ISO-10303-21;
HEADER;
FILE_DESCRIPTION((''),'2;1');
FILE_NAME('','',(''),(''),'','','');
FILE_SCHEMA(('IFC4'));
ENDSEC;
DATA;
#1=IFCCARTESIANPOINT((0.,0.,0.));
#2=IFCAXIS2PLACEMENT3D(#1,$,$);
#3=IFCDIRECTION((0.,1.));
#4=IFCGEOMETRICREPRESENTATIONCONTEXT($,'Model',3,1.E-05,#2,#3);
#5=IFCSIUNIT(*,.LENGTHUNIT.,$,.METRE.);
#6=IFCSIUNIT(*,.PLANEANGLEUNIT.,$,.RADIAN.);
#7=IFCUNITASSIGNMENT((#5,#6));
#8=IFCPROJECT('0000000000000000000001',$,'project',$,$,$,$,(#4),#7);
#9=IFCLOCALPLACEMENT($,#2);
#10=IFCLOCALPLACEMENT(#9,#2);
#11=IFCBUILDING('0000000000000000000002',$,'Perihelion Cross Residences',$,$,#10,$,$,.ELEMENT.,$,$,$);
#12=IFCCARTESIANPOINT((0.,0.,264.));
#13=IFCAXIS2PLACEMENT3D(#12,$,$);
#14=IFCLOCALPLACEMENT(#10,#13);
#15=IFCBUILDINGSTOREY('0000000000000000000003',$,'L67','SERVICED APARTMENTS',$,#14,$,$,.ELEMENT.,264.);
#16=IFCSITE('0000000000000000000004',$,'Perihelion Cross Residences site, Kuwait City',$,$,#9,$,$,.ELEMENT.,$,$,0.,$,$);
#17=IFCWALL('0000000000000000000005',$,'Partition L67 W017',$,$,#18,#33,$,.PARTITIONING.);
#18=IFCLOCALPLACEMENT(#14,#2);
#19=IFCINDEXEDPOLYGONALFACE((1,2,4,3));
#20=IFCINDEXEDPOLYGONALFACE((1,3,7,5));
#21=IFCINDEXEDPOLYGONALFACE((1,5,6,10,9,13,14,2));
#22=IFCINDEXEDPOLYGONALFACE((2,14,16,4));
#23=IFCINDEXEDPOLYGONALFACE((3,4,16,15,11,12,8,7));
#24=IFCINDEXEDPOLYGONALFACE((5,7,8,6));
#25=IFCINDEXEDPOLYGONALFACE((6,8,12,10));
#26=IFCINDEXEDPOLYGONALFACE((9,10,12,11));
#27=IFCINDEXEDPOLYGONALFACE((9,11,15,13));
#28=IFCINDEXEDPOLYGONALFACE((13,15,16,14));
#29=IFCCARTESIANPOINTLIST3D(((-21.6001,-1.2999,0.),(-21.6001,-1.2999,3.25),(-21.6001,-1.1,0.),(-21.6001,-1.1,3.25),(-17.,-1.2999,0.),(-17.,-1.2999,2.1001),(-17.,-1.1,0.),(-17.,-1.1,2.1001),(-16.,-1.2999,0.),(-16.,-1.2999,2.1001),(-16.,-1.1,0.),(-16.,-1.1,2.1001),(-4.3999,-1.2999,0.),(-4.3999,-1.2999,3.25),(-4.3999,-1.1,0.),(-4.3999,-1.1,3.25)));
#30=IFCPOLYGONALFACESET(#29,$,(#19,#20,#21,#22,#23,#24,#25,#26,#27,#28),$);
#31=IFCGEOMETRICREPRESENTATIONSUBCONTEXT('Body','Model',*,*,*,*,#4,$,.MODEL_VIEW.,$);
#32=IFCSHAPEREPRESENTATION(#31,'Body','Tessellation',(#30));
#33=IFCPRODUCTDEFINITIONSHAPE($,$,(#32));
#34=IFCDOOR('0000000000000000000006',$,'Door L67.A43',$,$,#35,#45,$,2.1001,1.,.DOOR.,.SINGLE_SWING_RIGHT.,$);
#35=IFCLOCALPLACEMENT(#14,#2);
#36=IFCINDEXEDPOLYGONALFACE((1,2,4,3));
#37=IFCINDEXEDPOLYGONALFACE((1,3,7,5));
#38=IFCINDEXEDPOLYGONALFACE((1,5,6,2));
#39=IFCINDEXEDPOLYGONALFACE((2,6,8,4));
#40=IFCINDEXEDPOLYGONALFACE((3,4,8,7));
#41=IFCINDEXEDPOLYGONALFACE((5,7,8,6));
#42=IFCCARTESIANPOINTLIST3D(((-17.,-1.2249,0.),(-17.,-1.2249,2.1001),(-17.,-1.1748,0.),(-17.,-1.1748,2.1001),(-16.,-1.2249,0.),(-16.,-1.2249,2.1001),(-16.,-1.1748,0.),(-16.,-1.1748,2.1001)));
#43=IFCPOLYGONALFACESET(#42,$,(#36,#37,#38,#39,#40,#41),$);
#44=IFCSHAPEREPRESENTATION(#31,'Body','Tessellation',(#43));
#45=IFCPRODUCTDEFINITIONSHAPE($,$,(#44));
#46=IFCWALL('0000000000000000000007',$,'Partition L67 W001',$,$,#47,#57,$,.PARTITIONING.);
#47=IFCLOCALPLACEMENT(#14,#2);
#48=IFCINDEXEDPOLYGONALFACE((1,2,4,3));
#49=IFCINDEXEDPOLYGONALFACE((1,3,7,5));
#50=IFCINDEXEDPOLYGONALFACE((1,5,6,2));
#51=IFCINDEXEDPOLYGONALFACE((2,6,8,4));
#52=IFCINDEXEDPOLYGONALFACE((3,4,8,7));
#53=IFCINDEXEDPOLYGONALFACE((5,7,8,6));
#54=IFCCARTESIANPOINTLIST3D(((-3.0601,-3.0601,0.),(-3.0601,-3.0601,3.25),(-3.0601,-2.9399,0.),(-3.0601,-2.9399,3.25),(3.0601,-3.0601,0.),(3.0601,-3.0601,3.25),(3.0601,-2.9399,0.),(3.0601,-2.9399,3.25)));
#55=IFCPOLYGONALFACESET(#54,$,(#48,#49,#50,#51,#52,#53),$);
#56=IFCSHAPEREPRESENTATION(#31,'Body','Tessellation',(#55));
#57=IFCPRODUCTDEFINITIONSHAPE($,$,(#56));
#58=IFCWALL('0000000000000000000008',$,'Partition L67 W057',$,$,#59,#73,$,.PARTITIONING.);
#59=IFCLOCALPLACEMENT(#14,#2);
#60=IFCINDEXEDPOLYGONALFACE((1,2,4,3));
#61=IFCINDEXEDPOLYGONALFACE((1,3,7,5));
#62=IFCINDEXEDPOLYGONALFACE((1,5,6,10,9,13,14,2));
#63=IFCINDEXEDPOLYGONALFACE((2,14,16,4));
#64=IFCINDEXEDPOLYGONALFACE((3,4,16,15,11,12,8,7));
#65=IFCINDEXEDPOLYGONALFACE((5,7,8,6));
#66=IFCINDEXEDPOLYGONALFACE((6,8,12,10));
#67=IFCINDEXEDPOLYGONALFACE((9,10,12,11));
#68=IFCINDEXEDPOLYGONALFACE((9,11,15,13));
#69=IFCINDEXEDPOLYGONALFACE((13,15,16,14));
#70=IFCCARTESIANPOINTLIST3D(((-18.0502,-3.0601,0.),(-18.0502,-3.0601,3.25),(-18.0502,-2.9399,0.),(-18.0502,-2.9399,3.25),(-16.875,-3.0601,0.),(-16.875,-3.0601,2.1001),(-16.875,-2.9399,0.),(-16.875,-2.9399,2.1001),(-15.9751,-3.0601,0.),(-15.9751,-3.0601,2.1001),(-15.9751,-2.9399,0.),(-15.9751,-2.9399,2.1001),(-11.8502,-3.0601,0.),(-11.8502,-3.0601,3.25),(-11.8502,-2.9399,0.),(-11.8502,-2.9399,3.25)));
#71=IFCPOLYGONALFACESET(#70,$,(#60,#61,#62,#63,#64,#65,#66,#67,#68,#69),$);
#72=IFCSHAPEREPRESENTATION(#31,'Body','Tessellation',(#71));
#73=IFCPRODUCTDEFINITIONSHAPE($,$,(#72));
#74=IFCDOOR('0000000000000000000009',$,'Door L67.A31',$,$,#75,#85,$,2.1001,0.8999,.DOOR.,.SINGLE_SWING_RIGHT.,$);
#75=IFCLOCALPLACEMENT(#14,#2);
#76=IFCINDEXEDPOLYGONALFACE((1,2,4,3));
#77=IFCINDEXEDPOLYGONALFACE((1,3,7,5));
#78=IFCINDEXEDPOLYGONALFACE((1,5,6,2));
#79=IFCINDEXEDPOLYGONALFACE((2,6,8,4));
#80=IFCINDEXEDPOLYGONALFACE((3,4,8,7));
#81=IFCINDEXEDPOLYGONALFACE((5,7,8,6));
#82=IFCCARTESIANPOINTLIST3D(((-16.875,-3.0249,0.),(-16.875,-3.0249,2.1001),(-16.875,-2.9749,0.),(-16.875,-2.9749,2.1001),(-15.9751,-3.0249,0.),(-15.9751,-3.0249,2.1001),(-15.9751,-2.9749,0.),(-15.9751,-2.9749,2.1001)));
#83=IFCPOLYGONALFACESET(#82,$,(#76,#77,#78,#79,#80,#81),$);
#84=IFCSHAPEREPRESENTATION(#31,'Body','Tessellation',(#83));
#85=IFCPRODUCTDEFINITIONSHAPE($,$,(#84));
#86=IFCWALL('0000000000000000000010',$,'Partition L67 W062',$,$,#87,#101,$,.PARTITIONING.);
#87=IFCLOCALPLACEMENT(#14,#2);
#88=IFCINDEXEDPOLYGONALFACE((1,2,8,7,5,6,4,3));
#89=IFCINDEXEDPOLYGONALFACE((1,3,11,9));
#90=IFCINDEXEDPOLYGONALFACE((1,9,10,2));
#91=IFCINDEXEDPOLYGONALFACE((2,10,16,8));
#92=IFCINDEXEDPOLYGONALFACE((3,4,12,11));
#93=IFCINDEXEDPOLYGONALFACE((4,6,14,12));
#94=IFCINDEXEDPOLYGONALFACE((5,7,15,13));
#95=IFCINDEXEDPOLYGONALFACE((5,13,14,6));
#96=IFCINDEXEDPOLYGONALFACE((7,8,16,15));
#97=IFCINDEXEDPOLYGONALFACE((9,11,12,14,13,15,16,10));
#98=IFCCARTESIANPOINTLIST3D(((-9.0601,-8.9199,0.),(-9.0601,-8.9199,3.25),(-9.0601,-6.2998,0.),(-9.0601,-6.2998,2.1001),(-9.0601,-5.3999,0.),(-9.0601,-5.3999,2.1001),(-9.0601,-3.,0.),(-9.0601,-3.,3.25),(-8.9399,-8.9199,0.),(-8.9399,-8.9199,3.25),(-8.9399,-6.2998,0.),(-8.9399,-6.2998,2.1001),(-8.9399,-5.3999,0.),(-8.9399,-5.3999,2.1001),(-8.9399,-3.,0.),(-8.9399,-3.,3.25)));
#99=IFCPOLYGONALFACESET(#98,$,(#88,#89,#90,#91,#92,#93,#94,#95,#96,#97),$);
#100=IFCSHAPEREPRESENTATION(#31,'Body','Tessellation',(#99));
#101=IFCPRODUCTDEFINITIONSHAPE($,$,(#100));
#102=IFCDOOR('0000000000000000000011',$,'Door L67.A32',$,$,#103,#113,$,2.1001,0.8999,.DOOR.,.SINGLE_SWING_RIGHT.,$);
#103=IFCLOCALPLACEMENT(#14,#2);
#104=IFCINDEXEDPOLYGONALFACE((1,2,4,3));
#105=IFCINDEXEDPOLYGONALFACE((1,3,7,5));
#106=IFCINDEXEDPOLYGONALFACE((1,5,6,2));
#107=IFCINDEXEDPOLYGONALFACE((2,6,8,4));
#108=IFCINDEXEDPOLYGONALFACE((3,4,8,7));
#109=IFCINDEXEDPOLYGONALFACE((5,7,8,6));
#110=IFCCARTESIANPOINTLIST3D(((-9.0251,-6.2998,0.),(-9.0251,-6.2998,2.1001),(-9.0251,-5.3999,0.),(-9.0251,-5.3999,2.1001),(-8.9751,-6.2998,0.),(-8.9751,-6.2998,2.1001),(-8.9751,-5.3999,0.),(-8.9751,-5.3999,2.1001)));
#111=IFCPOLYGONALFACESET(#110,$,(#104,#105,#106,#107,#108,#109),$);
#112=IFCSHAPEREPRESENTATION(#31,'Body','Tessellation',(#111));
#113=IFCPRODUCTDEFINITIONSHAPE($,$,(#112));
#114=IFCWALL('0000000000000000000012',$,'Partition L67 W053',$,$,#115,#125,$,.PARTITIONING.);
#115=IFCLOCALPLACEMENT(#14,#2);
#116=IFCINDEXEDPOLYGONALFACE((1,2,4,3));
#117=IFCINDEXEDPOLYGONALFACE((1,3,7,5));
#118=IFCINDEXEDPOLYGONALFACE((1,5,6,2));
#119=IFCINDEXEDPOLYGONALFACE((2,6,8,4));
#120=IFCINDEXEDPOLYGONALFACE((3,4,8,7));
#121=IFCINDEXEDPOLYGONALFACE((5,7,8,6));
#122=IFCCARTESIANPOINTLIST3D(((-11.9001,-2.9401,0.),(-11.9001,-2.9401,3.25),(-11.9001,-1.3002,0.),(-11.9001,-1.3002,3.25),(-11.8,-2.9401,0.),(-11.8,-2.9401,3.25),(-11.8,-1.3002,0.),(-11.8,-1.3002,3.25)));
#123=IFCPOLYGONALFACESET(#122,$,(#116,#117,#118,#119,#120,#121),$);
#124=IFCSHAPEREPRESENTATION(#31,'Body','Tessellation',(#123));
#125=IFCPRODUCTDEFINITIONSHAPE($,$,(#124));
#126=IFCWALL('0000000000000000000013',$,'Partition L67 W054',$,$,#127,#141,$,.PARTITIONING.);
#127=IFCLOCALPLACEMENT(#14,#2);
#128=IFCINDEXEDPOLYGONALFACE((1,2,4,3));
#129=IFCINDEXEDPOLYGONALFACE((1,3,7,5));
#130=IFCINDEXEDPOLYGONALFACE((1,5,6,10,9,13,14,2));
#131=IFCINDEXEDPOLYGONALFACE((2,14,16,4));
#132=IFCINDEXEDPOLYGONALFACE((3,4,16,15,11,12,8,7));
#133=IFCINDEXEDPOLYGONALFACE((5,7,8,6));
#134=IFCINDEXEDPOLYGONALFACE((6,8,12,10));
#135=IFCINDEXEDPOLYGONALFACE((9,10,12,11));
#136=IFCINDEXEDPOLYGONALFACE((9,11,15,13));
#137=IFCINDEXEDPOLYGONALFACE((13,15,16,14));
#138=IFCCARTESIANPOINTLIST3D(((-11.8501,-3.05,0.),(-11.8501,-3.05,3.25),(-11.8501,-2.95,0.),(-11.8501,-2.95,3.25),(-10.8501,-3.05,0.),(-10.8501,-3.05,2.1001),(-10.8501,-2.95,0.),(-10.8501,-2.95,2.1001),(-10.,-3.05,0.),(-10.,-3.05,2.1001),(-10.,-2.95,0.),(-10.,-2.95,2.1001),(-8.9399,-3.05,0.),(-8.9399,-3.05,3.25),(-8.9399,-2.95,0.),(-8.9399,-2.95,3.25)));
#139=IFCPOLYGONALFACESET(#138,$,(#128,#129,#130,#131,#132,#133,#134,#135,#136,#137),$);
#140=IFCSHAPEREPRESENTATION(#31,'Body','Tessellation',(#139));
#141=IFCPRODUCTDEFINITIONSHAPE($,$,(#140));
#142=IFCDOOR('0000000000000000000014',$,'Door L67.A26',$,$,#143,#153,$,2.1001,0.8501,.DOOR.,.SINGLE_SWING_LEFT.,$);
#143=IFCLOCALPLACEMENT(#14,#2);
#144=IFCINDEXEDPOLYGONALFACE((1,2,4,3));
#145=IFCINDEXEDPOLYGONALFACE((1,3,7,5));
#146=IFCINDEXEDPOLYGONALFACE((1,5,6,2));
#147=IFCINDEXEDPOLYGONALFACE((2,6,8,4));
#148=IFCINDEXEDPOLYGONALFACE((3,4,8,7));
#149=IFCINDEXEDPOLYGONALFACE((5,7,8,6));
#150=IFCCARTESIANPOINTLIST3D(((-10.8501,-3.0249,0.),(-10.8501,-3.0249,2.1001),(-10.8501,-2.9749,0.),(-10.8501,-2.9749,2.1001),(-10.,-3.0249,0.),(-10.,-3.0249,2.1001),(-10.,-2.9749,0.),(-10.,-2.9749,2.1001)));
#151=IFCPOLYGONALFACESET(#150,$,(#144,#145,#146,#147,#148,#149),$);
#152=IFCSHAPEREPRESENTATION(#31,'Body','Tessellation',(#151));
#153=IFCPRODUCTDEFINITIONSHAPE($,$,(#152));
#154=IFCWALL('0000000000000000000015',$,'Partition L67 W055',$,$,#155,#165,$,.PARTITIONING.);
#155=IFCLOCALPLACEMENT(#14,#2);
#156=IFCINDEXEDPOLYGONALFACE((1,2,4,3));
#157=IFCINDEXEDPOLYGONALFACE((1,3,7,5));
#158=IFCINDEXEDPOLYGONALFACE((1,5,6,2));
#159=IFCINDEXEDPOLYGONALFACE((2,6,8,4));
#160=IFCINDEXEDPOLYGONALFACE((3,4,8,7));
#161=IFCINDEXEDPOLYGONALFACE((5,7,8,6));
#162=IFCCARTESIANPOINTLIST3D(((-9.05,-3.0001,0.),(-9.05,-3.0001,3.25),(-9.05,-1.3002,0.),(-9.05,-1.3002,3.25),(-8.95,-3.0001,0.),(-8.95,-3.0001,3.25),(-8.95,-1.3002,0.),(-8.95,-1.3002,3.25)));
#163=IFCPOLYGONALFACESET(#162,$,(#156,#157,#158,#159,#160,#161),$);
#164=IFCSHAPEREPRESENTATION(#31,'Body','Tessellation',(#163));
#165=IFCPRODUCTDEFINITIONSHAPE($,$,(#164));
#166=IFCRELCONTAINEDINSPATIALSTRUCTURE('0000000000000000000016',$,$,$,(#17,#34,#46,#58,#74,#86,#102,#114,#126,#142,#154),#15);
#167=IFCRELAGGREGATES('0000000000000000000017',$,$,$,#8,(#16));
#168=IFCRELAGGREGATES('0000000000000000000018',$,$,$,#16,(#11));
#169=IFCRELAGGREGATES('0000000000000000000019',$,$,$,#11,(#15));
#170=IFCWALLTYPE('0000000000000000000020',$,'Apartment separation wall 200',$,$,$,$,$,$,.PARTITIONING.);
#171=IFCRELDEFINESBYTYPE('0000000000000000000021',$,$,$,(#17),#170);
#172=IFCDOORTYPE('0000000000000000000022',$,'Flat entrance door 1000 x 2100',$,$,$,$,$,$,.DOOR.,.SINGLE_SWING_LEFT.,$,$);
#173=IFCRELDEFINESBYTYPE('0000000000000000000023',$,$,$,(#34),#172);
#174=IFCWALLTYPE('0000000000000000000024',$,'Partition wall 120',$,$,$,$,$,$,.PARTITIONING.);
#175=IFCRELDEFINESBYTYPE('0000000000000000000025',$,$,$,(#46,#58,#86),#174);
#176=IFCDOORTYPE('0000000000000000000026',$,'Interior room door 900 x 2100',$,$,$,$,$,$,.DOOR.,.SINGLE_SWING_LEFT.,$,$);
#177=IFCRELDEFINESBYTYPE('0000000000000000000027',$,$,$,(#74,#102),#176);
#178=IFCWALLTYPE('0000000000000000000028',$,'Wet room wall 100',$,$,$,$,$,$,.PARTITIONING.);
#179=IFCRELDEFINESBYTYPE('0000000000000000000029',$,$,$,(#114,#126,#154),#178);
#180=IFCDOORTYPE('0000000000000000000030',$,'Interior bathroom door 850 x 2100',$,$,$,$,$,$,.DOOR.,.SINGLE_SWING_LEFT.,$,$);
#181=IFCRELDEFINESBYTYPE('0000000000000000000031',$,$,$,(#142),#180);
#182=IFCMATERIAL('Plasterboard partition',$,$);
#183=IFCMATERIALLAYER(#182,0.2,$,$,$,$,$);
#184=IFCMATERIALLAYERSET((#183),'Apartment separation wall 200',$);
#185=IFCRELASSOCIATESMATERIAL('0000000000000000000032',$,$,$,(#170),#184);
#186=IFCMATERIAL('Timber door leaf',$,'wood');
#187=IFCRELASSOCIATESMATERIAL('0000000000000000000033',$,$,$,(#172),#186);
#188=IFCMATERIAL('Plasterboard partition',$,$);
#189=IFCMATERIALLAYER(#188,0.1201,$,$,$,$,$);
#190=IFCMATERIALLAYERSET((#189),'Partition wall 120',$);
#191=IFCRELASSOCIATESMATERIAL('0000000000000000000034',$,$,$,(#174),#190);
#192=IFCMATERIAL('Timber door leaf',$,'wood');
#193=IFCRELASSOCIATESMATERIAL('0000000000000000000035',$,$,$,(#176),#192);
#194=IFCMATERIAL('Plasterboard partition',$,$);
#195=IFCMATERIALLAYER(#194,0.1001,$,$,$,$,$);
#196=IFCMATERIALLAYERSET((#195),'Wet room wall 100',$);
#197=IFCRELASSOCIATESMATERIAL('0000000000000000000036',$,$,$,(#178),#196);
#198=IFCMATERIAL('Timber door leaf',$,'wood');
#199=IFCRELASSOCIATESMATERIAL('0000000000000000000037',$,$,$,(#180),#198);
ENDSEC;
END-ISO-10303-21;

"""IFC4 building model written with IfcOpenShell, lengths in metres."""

from ifc_helpers import new_model, si_unit, direction, frame, frame_2d, origin, place, context, subcontext, project, spatial, rectangle, extrude, material, layer, layer_set, type_object, element, fill, save


model = new_model("IFC4")

# Units and contexts
model_context = context("Model", 3, precision=1e-05, world=origin(), true_north=direction((0.0, 1.0)))
body_context = subcontext(model_context, "Body", "Model", "MODEL_VIEW")
ifc_project = project(units=[si_unit("LENGTHUNIT", "METRE"), si_unit("PLANEANGLEUNIT", "RADIAN")], contexts=[model_context])

# Site, building, storey
site_placement = place(None, origin())
site = spatial("IfcSite", under=ifc_project, at=site_placement, Name="Perihelion Cross Residences site, Kuwait City", CompositionType="ELEMENT", RefElevation=0.0)
building_placement = place(site_placement, origin())
building = spatial("IfcBuilding", under=site, at=building_placement, Name="Perihelion Cross Residences", CompositionType="ELEMENT")
storey_placement = place(building_placement, frame((0.0, 0.0, 264.0)))
storey = spatial("IfcBuildingStorey", under=building, at=storey_placement, Name="L67", Description="SERVICED APARTMENTS", CompositionType="ELEMENT", Elevation=264.0)

# Wall, opening, door
ifc_material_1 = material(Name="Plasterboard partition")
ifc_layer_1 = layer(ifc_material_1, 0.2)
ifc_layer_set_1 = layer_set([ifc_layer_1], Name="Apartment separation wall 200")
wall_type_1 = type_object("IfcWallType", Name="Apartment separation wall 200", PredefinedType="PARTITIONING", material=ifc_layer_set_1)
wall_1_placement = place(storey_placement, frame((-4.3999, -1.2, 0.0), z_axis=(0.0, 0.0, 1.0), x_axis=(-1.0, 0.0, 0.0)))
wall_1 = element("IfcWall", 1, at=wall_1_placement, inside=storey, type_object=wall_type_1, Name="Partition L67 W017", PredefinedType="PARTITIONING", context=body_context, shape_type="SweptSolid", body=[
    extrude(rectangle(XDim=17.2002, YDim=0.2, at=frame_2d((8.6001, 0.0))), origin(), (0.0, 0.0, 1.0), 3.25),
])
opening_1_placement = place(wall_1_placement, frame((11.6001, 0.0, 0.0)))
opening_1 = element("IfcOpeningElement", 2, at=opening_1_placement, cuts=wall_1, PredefinedType="OPENING", context=body_context, shape_type="SweptSolid", body=[
    extrude(rectangle(XDim=1.0, YDim=2.1001, at=frame_2d((0.5, 1.05))), frame((0.0, 0.1099, 0.0), z_axis=(0.0, -1.0, 0.0), x_axis=(1.0, 0.0, 0.0)), (0.0, 0.0, 1.0), 0.22),
])
ifc_material_2 = material(Name="Timber door leaf", Category="wood")
door_type_1 = type_object("IfcDoorType", Name="Flat entrance door 1000 x 2100", OperationType="SINGLE_SWING_LEFT", PredefinedType="DOOR", material=ifc_material_2)
door_1_placement = place(opening_1_placement, origin())
door_1 = element("IfcDoor", 3, at=door_1_placement, inside=storey, type_object=door_type_1, Name="Door L67.A43", OperationType="SINGLE_SWING_RIGHT", OverallHeight=2.1001, OverallWidth=1.0, PredefinedType="DOOR", context=body_context, shape_type="SweptSolid", body=[
    extrude(rectangle(XDim=1.0, YDim=2.1001, at=frame_2d((0.5, 1.05))), frame((0.0, 0.0249, 0.0), z_axis=(0.0, -1.0, 0.0), x_axis=(1.0, 0.0, 0.0)), (0.0, 0.0, 1.0), 0.05),
])
fill(opening_1, door_1)

# Wall
ifc_material_3 = material(Name="Plasterboard partition")
ifc_layer_2 = layer(ifc_material_3, 0.1201)
ifc_layer_set_2 = layer_set([ifc_layer_2], Name="Partition wall 120")
wall_type_2 = type_object("IfcWallType", Name="Partition wall 120", PredefinedType="PARTITIONING", material=ifc_layer_set_2)
wall_2_placement = place(storey_placement, frame((-3.0601, -3.0, 0.0), z_axis=(0.0, 0.0, 1.0), x_axis=(1.0, 0.0, 0.0)))
element("IfcWall", 4, at=wall_2_placement, inside=storey, type_object=wall_type_2, Name="Partition L67 W001", PredefinedType="PARTITIONING", context=body_context, shape_type="SweptSolid", body=[
    extrude(rectangle(XDim=6.1201, YDim=0.1201, at=frame_2d((3.0601, 0.0))), origin(), (0.0, 0.0, 1.0), 3.25),
])

# Walls, openings, doors
wall_3_placement = place(storey_placement, frame((-11.8501, -3.0, 0.0), z_axis=(0.0, 0.0, 1.0), x_axis=(-1.0, 0.0, 0.0)))
wall_3 = element("IfcWall", 5, at=wall_3_placement, inside=storey, type_object=wall_type_2, Name="Partition L67 W057", PredefinedType="PARTITIONING", context=body_context, shape_type="SweptSolid", body=[
    extrude(rectangle(XDim=6.2, YDim=0.1201, at=frame_2d((3.1001, 0.0))), origin(), (0.0, 0.0, 1.0), 3.25),
])
opening_2_placement = place(wall_3_placement, frame((4.125, 0.0, 0.0)))
opening_2 = element("IfcOpeningElement", 6, at=opening_2_placement, cuts=wall_3, PredefinedType="OPENING", context=body_context, shape_type="SweptSolid", body=[
    extrude(rectangle(XDim=0.8999, YDim=2.1001, at=frame_2d((0.45, 1.05))), frame((0.0, 0.0701, 0.0), z_axis=(0.0, -1.0, 0.0), x_axis=(1.0, 0.0, 0.0)), (0.0, 0.0, 1.0), 0.1401),
])
ifc_material_4 = material(Name="Timber door leaf", Category="wood")
door_type_2 = type_object("IfcDoorType", Name="Interior room door 900 x 2100", OperationType="SINGLE_SWING_LEFT", PredefinedType="DOOR", material=ifc_material_4)
door_2_placement = place(opening_2_placement, origin())
door_2 = element("IfcDoor", 7, at=door_2_placement, inside=storey, type_object=door_type_2, Name="Door L67.A31", OperationType="SINGLE_SWING_RIGHT", OverallHeight=2.1001, OverallWidth=0.8999, PredefinedType="DOOR", context=body_context, shape_type="SweptSolid", body=[
    extrude(rectangle(XDim=0.8999, YDim=2.1001, at=frame_2d((0.45, 1.05))), frame((0.0, 0.0249, 0.0), z_axis=(0.0, -1.0, 0.0), x_axis=(1.0, 0.0, 0.0)), (0.0, 0.0, 1.0), 0.05),
])
fill(opening_2, door_2)
wall_4_placement = place(storey_placement, frame((-9.0, -3.0, 0.0), z_axis=(0.0, 0.0, 1.0), x_axis=(0.0, -1.0, 0.0)))
wall_4 = element("IfcWall", 8, at=wall_4_placement, inside=storey, type_object=wall_type_2, Name="Partition L67 W062", PredefinedType="PARTITIONING", context=body_context, shape_type="SweptSolid", body=[
    extrude(rectangle(XDim=5.9199, YDim=0.1201, at=frame_2d((2.96, 0.0))), origin(), (0.0, 0.0, 1.0), 3.25),
])
opening_3_placement = place(wall_4_placement, frame((2.3999, 0.0, 0.0)))
opening_3 = element("IfcOpeningElement", 9, at=opening_3_placement, cuts=wall_4, PredefinedType="OPENING", context=body_context, shape_type="SweptSolid", body=[
    extrude(rectangle(XDim=0.8999, YDim=2.1001, at=frame_2d((0.45, 1.05))), frame((0.0, 0.0701, 0.0), z_axis=(0.0, -1.0, 0.0), x_axis=(1.0, 0.0, 0.0)), (0.0, 0.0, 1.0), 0.1401),
])
door_3_placement = place(opening_3_placement, origin())
door_3 = element("IfcDoor", 10, at=door_3_placement, inside=storey, type_object=door_type_2, Name="Door L67.A32", OperationType="SINGLE_SWING_RIGHT", OverallHeight=2.1001, OverallWidth=0.8999, PredefinedType="DOOR", context=body_context, shape_type="SweptSolid", body=[
    extrude(rectangle(XDim=0.8999, YDim=2.1001, at=frame_2d((0.45, 1.05))), frame((0.0, 0.0249, 0.0), z_axis=(0.0, -1.0, 0.0), x_axis=(1.0, 0.0, 0.0)), (0.0, 0.0, 1.0), 0.05),
])
fill(opening_3, door_3)

# Wall
ifc_material_5 = material(Name="Plasterboard partition")
ifc_layer_3 = layer(ifc_material_5, 0.1001)
ifc_layer_set_3 = layer_set([ifc_layer_3], Name="Wet room wall 100")
wall_type_3 = type_object("IfcWallType", Name="Wet room wall 100", PredefinedType="PARTITIONING", material=ifc_layer_set_3)
wall_5_placement = place(storey_placement, frame((-11.8501, -2.9399, 0.0), z_axis=(0.0, 0.0, 1.0), x_axis=(0.0, 1.0, 0.0)))
element("IfcWall", 11, at=wall_5_placement, inside=storey, type_object=wall_type_3, Name="Partition L67 W053", PredefinedType="PARTITIONING", context=body_context, shape_type="SweptSolid", body=[
    extrude(rectangle(XDim=1.6399, YDim=0.1001, at=frame_2d((0.8198, 0.0))), origin(), (0.0, 0.0, 1.0), 3.25),
])

# Wall, opening, door
wall_6_placement = place(storey_placement, frame((-8.9399, -3.0, 0.0), z_axis=(0.0, 0.0, 1.0), x_axis=(-1.0, 0.0, 0.0)))
wall_6 = element("IfcWall", 12, at=wall_6_placement, inside=storey, type_object=wall_type_3, Name="Partition L67 W054", PredefinedType="PARTITIONING", context=body_context, shape_type="SweptSolid", body=[
    extrude(rectangle(XDim=2.9102, YDim=0.1001, at=frame_2d((1.4551, 0.0))), origin(), (0.0, 0.0, 1.0), 3.25),
])
opening_4_placement = place(wall_6_placement, frame((1.0601, 0.0, 0.0)))
opening_4 = element("IfcOpeningElement", 13, at=opening_4_placement, cuts=wall_6, PredefinedType="OPENING", context=body_context, shape_type="SweptSolid", body=[
    extrude(rectangle(XDim=0.8501, YDim=2.1001, at=frame_2d((0.425, 1.05))), frame((0.0, 0.0601, 0.0), z_axis=(0.0, -1.0, 0.0), x_axis=(1.0, 0.0, 0.0)), (0.0, 0.0, 1.0), 0.1201),
])
ifc_material_6 = material(Name="Timber door leaf", Category="wood")
door_type_3 = type_object("IfcDoorType", Name="Interior bathroom door 850 x 2100", OperationType="SINGLE_SWING_LEFT", PredefinedType="DOOR", material=ifc_material_6)
door_4_placement = place(opening_4_placement, origin())
door_4 = element("IfcDoor", 14, at=door_4_placement, inside=storey, type_object=door_type_3, Name="Door L67.A26", OperationType="SINGLE_SWING_LEFT", OverallHeight=2.1001, OverallWidth=0.8501, PredefinedType="DOOR", context=body_context, shape_type="SweptSolid", body=[
    extrude(rectangle(XDim=0.8501, YDim=2.1001, at=frame_2d((0.425, 1.05))), frame((0.0, 0.0249, 0.0), z_axis=(0.0, -1.0, 0.0), x_axis=(1.0, 0.0, 0.0)), (0.0, 0.0, 1.0), 0.05),
])
fill(opening_4, door_4)

# Wall
wall_7_placement = place(storey_placement, frame((-9.0, -1.3, 0.0), z_axis=(0.0, 0.0, 1.0), x_axis=(0.0, -1.0, 0.0)))
element("IfcWall", 15, at=wall_7_placement, inside=storey, type_object=wall_type_3, Name="Partition L67 W055", PredefinedType="PARTITIONING", context=body_context, shape_type="SweptSolid", body=[
    extrude(rectangle(XDim=1.7, YDim=0.1001, at=frame_2d((0.8501, 0.0))), origin(), (0.0, 0.0, 1.0), 3.25),
])

save(model, "model.ifc")
